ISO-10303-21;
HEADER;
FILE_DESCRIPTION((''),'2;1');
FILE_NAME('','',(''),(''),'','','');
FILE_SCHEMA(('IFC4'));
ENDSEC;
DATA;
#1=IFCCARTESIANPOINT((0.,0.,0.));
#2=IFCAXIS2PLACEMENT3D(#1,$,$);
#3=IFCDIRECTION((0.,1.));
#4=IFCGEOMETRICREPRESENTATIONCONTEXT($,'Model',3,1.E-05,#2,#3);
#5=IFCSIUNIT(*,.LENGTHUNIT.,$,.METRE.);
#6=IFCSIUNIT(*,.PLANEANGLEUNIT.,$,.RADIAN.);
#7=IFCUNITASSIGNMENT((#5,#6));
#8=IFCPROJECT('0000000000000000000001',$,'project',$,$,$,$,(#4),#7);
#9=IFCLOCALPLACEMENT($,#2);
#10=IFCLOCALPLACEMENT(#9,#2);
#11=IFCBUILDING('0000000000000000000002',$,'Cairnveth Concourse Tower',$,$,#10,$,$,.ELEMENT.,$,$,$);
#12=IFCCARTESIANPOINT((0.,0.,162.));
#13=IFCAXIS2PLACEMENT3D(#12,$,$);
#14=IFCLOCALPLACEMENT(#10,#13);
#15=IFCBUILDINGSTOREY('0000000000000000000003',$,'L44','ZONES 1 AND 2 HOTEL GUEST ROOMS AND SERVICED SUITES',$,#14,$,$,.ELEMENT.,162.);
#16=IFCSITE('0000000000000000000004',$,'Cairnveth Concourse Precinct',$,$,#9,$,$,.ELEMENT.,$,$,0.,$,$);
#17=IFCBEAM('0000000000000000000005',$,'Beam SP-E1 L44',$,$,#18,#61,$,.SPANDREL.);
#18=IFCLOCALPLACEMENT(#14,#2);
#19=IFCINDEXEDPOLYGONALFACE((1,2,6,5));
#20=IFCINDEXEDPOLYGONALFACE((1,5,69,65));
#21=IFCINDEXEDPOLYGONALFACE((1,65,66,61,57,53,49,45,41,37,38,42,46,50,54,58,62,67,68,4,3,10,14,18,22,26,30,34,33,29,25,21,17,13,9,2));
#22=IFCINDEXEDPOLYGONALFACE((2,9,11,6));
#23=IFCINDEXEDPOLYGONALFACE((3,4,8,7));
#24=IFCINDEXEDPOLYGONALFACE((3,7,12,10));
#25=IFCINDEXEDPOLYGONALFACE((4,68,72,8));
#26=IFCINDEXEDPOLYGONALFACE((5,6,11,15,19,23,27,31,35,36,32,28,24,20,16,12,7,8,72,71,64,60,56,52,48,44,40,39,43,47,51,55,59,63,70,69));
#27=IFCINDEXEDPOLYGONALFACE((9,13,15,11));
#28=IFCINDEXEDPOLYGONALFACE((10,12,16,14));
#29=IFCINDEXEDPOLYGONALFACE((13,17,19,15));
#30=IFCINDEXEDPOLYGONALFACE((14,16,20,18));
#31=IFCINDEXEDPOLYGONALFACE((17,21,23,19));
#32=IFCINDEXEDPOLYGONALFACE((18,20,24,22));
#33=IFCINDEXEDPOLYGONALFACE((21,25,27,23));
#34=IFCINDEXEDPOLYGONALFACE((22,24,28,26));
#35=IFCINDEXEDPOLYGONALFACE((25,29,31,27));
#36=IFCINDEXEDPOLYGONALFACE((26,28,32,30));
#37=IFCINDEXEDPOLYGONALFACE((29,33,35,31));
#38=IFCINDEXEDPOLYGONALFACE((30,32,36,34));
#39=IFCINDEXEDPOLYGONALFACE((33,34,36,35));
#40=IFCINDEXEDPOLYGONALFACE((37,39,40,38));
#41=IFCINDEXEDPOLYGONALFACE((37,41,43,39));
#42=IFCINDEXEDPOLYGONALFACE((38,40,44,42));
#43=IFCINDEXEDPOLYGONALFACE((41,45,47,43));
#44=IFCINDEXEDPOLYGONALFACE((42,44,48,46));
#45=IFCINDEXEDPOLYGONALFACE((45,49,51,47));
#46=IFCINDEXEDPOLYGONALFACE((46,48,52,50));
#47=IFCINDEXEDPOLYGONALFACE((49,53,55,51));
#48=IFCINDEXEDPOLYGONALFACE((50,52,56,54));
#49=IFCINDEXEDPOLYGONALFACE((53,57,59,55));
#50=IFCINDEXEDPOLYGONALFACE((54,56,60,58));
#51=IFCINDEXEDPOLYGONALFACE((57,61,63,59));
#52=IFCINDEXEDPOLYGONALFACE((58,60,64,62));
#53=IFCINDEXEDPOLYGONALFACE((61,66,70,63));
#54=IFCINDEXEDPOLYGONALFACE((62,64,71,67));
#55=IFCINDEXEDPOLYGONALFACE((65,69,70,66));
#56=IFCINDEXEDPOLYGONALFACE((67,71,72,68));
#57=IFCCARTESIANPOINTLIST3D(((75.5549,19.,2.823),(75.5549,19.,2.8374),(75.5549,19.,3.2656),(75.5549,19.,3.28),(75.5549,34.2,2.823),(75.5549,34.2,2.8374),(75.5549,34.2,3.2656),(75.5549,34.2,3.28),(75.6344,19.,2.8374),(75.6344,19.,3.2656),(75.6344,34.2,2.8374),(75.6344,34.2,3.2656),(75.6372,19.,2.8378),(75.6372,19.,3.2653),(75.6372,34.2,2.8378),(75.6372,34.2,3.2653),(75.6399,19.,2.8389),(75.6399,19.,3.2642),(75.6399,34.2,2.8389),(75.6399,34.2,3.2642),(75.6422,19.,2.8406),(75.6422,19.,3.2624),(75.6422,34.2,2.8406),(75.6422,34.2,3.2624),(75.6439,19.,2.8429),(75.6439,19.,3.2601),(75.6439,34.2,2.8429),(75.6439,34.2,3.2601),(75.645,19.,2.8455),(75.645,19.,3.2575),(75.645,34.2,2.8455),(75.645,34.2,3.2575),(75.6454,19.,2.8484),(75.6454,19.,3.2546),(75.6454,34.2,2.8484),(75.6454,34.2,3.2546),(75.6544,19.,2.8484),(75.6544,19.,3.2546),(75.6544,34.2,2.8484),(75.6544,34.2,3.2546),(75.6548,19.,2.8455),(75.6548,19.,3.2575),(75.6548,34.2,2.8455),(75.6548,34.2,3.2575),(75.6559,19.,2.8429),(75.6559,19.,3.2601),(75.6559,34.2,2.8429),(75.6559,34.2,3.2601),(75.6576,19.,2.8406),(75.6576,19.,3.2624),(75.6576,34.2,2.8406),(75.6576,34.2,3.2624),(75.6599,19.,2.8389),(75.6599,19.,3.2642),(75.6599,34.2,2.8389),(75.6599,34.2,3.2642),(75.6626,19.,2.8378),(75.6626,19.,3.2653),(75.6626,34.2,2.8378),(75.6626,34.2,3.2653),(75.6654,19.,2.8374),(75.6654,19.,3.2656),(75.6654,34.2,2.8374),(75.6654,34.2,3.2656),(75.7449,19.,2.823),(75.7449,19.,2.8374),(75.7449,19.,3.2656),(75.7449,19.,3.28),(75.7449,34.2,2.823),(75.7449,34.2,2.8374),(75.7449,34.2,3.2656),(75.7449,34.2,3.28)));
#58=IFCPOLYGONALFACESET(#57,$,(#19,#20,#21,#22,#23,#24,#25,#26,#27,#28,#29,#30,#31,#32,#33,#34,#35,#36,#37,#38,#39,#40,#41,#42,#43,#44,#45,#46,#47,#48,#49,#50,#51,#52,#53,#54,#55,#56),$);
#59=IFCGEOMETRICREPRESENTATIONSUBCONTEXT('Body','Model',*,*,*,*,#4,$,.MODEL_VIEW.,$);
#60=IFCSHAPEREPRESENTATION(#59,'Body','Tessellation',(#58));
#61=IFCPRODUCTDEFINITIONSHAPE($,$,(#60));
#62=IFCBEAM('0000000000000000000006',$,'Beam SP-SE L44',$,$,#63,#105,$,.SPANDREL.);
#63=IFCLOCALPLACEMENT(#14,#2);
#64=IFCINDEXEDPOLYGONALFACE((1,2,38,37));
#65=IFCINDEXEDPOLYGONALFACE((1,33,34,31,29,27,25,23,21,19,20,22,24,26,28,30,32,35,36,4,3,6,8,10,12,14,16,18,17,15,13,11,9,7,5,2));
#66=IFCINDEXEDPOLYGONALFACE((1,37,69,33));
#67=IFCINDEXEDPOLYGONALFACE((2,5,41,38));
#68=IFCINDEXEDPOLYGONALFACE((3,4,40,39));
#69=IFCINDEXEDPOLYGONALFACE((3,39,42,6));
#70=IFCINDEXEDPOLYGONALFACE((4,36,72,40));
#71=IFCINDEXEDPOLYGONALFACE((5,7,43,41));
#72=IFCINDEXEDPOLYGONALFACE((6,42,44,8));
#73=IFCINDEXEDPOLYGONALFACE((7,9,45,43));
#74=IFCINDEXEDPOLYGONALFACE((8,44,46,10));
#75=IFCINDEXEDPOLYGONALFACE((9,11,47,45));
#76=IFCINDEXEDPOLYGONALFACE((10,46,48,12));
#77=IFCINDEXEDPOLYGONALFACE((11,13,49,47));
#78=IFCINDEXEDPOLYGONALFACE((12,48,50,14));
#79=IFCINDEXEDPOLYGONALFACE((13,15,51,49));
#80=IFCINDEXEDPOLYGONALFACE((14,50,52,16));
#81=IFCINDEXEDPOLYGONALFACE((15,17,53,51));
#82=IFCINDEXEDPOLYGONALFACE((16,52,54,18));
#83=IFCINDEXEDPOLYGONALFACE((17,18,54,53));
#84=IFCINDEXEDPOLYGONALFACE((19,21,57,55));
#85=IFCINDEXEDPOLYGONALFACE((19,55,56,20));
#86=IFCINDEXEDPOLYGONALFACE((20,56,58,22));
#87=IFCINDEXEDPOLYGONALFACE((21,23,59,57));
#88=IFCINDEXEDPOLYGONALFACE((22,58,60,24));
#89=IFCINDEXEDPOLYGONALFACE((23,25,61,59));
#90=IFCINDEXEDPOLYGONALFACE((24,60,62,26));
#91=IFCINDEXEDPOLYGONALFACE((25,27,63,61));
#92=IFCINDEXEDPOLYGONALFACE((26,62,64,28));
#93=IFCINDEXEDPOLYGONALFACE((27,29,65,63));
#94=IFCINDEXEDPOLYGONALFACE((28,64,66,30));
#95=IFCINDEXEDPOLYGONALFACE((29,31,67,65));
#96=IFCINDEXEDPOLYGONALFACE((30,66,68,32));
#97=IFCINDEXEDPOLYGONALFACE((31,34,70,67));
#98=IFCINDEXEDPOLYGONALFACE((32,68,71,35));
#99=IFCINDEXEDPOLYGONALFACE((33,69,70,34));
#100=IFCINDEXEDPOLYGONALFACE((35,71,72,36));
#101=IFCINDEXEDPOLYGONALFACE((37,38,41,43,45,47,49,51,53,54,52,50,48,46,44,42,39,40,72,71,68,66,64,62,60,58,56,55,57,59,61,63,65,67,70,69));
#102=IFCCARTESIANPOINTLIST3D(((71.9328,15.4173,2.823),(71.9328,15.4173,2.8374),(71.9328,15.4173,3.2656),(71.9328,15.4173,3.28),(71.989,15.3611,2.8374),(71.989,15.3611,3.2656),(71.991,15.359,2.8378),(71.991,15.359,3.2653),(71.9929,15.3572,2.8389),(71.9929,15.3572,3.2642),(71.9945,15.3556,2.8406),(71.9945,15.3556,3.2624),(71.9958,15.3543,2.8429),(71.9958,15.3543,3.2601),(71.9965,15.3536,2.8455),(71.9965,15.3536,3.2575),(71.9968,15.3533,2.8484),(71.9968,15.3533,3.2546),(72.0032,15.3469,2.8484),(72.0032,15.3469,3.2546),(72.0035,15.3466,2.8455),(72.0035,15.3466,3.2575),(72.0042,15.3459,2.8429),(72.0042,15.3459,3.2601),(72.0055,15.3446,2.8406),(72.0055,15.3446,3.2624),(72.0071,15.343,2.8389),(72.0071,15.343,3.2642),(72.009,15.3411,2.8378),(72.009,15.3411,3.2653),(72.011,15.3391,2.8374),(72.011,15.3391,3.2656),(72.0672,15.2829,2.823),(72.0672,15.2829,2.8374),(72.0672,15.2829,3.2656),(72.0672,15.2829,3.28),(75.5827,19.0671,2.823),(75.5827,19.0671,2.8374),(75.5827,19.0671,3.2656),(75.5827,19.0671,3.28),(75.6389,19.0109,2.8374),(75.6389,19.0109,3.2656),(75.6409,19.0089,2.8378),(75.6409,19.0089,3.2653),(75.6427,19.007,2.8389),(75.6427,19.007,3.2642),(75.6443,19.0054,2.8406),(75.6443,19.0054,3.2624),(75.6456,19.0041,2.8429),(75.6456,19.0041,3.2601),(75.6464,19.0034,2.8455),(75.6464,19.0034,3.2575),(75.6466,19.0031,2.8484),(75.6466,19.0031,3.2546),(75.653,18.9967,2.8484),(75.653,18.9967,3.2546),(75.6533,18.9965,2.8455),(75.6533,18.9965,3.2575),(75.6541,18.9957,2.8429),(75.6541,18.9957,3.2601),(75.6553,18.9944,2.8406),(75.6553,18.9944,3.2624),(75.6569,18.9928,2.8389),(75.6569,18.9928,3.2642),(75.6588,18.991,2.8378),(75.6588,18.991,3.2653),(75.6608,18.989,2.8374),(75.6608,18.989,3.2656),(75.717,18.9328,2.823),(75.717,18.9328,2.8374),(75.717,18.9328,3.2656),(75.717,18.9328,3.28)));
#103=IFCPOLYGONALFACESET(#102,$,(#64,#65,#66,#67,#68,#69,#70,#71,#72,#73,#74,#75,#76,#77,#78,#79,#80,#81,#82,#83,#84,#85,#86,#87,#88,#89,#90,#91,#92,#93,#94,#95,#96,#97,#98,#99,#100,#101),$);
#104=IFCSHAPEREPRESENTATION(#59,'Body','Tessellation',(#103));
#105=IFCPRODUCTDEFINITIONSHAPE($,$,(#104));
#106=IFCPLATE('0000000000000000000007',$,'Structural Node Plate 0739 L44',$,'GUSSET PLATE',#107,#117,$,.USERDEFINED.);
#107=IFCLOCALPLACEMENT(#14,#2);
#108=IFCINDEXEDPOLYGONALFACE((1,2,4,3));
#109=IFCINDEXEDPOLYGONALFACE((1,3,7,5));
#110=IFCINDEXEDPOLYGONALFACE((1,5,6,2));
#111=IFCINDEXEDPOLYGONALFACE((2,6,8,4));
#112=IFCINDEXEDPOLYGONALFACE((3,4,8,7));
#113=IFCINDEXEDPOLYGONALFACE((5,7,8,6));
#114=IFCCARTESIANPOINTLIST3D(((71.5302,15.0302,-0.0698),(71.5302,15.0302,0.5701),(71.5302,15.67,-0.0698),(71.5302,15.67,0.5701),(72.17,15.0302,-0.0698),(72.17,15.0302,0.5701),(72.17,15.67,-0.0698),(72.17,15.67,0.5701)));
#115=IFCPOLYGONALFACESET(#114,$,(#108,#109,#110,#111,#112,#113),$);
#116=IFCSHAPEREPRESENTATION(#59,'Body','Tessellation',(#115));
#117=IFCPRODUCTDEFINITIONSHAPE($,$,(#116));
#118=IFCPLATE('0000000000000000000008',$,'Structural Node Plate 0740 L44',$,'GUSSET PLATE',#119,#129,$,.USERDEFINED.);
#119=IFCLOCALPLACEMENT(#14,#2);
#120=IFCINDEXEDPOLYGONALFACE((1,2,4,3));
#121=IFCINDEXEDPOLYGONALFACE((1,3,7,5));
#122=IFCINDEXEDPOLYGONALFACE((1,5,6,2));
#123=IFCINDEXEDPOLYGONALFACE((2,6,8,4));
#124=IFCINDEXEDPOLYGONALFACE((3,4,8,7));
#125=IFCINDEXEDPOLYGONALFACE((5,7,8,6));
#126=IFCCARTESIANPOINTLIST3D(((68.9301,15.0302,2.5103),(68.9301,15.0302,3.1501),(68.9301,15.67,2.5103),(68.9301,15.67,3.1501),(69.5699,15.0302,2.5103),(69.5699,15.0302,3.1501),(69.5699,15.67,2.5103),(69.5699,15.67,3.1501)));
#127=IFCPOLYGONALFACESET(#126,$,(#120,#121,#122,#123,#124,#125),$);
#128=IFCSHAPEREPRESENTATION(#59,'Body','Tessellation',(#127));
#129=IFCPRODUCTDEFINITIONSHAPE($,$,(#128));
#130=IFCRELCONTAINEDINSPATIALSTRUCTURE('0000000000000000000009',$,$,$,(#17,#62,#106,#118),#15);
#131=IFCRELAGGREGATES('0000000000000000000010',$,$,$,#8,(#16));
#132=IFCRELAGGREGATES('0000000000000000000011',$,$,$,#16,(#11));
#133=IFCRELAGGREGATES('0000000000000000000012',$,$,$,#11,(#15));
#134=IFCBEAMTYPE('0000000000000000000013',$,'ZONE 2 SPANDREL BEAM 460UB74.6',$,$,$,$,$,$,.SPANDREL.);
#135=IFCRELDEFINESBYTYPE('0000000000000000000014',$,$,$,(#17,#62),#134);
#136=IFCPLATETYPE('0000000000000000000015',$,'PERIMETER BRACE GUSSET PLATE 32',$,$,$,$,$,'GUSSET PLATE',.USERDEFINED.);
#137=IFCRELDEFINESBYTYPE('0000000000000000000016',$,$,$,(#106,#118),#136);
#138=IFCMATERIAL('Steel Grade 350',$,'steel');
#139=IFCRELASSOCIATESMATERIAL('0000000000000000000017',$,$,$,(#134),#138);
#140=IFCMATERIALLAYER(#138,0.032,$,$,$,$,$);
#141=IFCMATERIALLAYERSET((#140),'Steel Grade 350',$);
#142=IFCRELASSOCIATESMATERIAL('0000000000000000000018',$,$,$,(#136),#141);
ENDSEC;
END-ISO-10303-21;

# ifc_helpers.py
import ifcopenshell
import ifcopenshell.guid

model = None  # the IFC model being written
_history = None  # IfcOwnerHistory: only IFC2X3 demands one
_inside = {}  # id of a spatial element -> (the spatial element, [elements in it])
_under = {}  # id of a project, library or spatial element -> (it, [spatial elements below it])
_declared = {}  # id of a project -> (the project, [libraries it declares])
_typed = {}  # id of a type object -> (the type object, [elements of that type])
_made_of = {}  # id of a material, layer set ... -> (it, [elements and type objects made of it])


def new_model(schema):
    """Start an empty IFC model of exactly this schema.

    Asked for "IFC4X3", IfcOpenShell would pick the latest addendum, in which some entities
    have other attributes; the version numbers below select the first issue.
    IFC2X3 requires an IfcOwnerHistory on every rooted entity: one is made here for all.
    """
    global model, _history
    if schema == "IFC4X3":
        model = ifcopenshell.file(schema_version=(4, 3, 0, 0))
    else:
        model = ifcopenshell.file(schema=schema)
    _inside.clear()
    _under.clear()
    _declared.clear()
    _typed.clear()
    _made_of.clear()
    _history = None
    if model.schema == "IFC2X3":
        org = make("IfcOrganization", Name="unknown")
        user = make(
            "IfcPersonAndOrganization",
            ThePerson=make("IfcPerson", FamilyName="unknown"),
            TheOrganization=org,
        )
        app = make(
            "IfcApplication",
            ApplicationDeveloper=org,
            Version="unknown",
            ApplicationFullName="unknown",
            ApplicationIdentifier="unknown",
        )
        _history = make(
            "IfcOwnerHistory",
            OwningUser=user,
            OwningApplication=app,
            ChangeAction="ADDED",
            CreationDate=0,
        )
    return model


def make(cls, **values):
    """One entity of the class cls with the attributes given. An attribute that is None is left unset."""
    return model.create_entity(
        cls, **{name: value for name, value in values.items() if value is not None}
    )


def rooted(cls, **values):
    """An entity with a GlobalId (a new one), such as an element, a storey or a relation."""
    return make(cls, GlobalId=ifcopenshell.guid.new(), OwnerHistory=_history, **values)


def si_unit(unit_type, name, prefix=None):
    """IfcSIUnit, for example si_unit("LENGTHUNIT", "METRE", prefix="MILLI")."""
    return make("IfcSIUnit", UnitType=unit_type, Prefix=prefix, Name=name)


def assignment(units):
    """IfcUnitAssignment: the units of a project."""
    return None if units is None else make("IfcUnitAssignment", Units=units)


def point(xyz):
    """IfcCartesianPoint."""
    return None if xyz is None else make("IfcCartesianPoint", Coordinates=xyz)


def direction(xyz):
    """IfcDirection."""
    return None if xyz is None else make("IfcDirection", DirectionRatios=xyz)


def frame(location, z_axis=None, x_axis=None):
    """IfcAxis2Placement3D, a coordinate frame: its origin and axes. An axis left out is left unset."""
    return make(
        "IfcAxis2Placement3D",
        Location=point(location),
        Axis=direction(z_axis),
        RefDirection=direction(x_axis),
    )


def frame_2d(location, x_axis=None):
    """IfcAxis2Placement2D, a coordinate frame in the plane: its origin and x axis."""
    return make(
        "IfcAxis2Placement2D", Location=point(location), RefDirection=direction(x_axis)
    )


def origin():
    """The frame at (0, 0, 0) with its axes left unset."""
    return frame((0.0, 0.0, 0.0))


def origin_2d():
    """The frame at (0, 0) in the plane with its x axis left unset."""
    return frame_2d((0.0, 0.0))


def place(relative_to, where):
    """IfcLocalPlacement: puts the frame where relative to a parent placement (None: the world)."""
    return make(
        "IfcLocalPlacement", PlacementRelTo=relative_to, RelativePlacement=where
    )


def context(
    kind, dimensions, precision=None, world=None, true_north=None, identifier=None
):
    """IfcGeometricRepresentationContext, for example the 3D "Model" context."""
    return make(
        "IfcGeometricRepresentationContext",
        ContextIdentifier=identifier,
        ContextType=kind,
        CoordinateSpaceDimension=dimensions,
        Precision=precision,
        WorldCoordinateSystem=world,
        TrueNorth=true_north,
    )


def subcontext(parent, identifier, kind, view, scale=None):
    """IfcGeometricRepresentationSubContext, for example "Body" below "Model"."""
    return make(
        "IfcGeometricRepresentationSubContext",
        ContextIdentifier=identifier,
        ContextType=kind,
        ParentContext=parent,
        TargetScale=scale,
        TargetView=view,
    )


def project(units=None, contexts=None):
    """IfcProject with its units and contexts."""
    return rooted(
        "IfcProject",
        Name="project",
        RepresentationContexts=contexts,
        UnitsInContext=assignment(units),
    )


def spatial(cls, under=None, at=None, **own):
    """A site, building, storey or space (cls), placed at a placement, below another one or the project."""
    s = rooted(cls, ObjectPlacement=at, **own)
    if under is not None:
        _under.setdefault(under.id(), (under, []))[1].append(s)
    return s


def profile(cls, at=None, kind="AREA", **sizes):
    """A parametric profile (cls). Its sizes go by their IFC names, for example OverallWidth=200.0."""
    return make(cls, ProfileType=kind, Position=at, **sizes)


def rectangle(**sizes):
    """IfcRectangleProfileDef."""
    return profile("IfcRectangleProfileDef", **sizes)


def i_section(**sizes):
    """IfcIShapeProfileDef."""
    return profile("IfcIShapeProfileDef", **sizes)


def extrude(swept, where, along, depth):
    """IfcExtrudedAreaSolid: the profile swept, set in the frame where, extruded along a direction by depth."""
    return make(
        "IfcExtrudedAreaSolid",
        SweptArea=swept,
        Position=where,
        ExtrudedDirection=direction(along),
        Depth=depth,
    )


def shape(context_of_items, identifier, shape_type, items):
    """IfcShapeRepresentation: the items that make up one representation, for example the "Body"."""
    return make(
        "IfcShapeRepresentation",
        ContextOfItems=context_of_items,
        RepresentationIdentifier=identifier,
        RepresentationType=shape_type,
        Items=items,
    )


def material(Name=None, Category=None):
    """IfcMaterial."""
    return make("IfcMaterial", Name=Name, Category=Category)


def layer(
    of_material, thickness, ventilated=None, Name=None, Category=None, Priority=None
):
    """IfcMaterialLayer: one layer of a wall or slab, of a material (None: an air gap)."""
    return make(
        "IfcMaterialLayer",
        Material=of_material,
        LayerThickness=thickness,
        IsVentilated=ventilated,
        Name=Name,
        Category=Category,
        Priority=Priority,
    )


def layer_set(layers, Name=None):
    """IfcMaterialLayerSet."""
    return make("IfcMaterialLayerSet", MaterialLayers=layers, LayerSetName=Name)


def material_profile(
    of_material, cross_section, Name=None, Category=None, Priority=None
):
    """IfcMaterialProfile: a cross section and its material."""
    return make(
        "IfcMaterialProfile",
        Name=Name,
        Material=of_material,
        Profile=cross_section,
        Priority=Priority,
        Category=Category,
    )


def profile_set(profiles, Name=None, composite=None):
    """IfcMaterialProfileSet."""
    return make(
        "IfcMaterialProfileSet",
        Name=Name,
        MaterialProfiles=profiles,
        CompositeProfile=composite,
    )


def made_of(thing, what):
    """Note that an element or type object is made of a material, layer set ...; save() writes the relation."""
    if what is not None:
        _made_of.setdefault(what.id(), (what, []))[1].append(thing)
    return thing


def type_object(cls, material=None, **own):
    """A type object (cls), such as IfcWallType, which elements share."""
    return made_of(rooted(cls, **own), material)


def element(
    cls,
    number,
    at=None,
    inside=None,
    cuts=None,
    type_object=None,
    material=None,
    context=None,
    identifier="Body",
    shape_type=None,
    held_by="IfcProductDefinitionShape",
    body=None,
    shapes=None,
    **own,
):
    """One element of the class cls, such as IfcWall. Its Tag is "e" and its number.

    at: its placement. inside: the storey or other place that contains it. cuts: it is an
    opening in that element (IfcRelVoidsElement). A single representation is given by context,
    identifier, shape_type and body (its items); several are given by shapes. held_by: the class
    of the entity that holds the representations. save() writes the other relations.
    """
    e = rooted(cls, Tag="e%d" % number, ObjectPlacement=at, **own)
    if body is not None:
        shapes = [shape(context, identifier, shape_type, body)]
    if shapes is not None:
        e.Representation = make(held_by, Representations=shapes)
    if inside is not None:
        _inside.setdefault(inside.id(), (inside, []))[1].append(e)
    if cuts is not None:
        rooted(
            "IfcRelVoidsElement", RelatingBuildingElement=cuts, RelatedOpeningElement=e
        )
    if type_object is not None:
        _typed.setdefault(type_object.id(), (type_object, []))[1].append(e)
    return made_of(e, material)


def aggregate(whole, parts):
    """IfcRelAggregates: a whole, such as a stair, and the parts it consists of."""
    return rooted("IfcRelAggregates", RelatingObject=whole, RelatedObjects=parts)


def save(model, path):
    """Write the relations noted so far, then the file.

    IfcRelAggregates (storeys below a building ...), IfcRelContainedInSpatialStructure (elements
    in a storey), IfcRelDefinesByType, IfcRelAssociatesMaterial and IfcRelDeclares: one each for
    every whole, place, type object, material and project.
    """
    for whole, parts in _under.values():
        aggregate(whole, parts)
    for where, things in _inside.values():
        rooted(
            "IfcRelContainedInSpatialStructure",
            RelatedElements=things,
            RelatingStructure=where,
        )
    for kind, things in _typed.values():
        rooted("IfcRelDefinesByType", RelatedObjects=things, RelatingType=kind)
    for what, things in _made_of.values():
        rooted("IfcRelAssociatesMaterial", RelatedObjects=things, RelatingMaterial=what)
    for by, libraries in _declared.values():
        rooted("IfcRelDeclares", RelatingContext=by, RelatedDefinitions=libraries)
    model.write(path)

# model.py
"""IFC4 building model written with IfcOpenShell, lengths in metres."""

from ifc_helpers import new_model, si_unit, direction, frame, origin, origin_2d, place, context, subcontext, project, spatial, rectangle, i_section, extrude, material, layer, layer_set, material_profile, profile_set, type_object, element, save


model = new_model("IFC4")

# Units and contexts
model_context = context("Model", 3, precision=1e-05, world=origin(), true_north=direction((0.0, 1.0)))
body_context = subcontext(model_context, "Body", "Model", "MODEL_VIEW")
ifc_project = project(units=[si_unit("LENGTHUNIT", "METRE"), si_unit("PLANEANGLEUNIT", "RADIAN")], contexts=[model_context])

# Site, building, storey
site_placement = place(None, origin())
site = spatial("IfcSite", under=ifc_project, at=site_placement, Name="Cairnveth Concourse Precinct", CompositionType="ELEMENT", RefElevation=0.0)
building_placement = place(site_placement, origin())
building = spatial("IfcBuilding", under=site, at=building_placement, Name="Cairnveth Concourse Tower", CompositionType="ELEMENT")
storey_placement = place(building_placement, frame((0.0, 0.0, 162.0)))
storey = spatial("IfcBuildingStorey", under=building, at=storey_placement, Name="L44", Description="ZONES 1 AND 2 HOTEL GUEST ROOMS AND SERVICED SUITES", CompositionType="ELEMENT", Elevation=162.0)

# Shared definitions
ifc_material_1 = material(Name="Steel Grade 350", Category="steel")

# Beams
ifc_material_profile_1 = material_profile(ifc_material_1, i_section(OverallWidth=0.1899, OverallDepth=0.457, WebThickness=0.009, FlangeThickness=0.0144, FilletRadius=0.011, at=origin_2d()), Name="460UB74.6")
ifc_profile_set_1 = profile_set([ifc_material_profile_1], Name="Steel Grade 350")
beam_type_1 = type_object("IfcBeamType", Name="ZONE 2 SPANDREL BEAM 460UB74.6", PredefinedType="SPANDREL", material=ifc_profile_set_1)
beam_1_placement = place(storey_placement, frame((75.6499, 19.0, 3.0515), z_axis=(0.0, 1.0, 0.0), x_axis=(-1.0, 0.0, 0.0)))
element("IfcBeam", 1, at=beam_1_placement, inside=storey, type_object=beam_type_1, Name="Beam SP-E1 L44", PredefinedType="SPANDREL", context=body_context, shape_type="SweptSolid", body=[
    extrude(i_section(OverallWidth=0.1899, OverallDepth=0.457, WebThickness=0.009, FlangeThickness=0.0144, FilletRadius=0.011, at=origin_2d()), origin(), (0.0, 0.0, 1.0), 15.2),
])
beam_2_placement = place(storey_placement, frame((72.0, 15.3501, 3.0515), z_axis=(0.707107, 0.707107, 0.0), x_axis=(-0.707107, 0.707107, 0.0)))
element("IfcBeam", 2, at=beam_2_placement, inside=storey, type_object=beam_type_1, Name="Beam SP-SE L44", PredefinedType="SPANDREL", context=body_context, shape_type="SweptSolid", body=[
    extrude(i_section(OverallWidth=0.1899, OverallDepth=0.457, WebThickness=0.009, FlangeThickness=0.0144, FilletRadius=0.011, at=origin_2d()), origin(), (0.0, 0.0, 1.0), 5.1616),
])

# Plates
ifc_layer_1 = layer(ifc_material_1, 0.032)
ifc_layer_set_1 = layer_set([ifc_layer_1], Name="Steel Grade 350")
plate_type = type_object("IfcPlateType", Name="PERIMETER BRACE GUSSET PLATE 32", ElementType="GUSSET PLATE", PredefinedType="USERDEFINED", material=ifc_layer_set_1)
for number, where, z_axis, x_axis, name in (
    (3, (71.8501, 15.3501, -0.0698), (0.0, 0.0, 1.0), (1.0, 0.0, 0.0), "Structural Node Plate 0739 L44"),
    (4, (69.25, 15.3501, 2.5103), (0.0, 0.0, 1.0), (1.0, 0.0, 0.0), "Structural Node Plate 0740 L44"),
):
    element("IfcPlate", number, at=place(storey_placement, frame(where, z_axis=z_axis, x_axis=x_axis)), inside=storey, type_object=plate_type, Name=name, ObjectType="GUSSET PLATE", PredefinedType="USERDEFINED", context=body_context, shape_type="SweptSolid", body=[
        extrude(rectangle(XDim=0.6399, YDim=0.6399, at=origin_2d()), origin(), (0.0, 0.0, 1.0), 0.6399),
    ])

save(model, "model.ifc")
